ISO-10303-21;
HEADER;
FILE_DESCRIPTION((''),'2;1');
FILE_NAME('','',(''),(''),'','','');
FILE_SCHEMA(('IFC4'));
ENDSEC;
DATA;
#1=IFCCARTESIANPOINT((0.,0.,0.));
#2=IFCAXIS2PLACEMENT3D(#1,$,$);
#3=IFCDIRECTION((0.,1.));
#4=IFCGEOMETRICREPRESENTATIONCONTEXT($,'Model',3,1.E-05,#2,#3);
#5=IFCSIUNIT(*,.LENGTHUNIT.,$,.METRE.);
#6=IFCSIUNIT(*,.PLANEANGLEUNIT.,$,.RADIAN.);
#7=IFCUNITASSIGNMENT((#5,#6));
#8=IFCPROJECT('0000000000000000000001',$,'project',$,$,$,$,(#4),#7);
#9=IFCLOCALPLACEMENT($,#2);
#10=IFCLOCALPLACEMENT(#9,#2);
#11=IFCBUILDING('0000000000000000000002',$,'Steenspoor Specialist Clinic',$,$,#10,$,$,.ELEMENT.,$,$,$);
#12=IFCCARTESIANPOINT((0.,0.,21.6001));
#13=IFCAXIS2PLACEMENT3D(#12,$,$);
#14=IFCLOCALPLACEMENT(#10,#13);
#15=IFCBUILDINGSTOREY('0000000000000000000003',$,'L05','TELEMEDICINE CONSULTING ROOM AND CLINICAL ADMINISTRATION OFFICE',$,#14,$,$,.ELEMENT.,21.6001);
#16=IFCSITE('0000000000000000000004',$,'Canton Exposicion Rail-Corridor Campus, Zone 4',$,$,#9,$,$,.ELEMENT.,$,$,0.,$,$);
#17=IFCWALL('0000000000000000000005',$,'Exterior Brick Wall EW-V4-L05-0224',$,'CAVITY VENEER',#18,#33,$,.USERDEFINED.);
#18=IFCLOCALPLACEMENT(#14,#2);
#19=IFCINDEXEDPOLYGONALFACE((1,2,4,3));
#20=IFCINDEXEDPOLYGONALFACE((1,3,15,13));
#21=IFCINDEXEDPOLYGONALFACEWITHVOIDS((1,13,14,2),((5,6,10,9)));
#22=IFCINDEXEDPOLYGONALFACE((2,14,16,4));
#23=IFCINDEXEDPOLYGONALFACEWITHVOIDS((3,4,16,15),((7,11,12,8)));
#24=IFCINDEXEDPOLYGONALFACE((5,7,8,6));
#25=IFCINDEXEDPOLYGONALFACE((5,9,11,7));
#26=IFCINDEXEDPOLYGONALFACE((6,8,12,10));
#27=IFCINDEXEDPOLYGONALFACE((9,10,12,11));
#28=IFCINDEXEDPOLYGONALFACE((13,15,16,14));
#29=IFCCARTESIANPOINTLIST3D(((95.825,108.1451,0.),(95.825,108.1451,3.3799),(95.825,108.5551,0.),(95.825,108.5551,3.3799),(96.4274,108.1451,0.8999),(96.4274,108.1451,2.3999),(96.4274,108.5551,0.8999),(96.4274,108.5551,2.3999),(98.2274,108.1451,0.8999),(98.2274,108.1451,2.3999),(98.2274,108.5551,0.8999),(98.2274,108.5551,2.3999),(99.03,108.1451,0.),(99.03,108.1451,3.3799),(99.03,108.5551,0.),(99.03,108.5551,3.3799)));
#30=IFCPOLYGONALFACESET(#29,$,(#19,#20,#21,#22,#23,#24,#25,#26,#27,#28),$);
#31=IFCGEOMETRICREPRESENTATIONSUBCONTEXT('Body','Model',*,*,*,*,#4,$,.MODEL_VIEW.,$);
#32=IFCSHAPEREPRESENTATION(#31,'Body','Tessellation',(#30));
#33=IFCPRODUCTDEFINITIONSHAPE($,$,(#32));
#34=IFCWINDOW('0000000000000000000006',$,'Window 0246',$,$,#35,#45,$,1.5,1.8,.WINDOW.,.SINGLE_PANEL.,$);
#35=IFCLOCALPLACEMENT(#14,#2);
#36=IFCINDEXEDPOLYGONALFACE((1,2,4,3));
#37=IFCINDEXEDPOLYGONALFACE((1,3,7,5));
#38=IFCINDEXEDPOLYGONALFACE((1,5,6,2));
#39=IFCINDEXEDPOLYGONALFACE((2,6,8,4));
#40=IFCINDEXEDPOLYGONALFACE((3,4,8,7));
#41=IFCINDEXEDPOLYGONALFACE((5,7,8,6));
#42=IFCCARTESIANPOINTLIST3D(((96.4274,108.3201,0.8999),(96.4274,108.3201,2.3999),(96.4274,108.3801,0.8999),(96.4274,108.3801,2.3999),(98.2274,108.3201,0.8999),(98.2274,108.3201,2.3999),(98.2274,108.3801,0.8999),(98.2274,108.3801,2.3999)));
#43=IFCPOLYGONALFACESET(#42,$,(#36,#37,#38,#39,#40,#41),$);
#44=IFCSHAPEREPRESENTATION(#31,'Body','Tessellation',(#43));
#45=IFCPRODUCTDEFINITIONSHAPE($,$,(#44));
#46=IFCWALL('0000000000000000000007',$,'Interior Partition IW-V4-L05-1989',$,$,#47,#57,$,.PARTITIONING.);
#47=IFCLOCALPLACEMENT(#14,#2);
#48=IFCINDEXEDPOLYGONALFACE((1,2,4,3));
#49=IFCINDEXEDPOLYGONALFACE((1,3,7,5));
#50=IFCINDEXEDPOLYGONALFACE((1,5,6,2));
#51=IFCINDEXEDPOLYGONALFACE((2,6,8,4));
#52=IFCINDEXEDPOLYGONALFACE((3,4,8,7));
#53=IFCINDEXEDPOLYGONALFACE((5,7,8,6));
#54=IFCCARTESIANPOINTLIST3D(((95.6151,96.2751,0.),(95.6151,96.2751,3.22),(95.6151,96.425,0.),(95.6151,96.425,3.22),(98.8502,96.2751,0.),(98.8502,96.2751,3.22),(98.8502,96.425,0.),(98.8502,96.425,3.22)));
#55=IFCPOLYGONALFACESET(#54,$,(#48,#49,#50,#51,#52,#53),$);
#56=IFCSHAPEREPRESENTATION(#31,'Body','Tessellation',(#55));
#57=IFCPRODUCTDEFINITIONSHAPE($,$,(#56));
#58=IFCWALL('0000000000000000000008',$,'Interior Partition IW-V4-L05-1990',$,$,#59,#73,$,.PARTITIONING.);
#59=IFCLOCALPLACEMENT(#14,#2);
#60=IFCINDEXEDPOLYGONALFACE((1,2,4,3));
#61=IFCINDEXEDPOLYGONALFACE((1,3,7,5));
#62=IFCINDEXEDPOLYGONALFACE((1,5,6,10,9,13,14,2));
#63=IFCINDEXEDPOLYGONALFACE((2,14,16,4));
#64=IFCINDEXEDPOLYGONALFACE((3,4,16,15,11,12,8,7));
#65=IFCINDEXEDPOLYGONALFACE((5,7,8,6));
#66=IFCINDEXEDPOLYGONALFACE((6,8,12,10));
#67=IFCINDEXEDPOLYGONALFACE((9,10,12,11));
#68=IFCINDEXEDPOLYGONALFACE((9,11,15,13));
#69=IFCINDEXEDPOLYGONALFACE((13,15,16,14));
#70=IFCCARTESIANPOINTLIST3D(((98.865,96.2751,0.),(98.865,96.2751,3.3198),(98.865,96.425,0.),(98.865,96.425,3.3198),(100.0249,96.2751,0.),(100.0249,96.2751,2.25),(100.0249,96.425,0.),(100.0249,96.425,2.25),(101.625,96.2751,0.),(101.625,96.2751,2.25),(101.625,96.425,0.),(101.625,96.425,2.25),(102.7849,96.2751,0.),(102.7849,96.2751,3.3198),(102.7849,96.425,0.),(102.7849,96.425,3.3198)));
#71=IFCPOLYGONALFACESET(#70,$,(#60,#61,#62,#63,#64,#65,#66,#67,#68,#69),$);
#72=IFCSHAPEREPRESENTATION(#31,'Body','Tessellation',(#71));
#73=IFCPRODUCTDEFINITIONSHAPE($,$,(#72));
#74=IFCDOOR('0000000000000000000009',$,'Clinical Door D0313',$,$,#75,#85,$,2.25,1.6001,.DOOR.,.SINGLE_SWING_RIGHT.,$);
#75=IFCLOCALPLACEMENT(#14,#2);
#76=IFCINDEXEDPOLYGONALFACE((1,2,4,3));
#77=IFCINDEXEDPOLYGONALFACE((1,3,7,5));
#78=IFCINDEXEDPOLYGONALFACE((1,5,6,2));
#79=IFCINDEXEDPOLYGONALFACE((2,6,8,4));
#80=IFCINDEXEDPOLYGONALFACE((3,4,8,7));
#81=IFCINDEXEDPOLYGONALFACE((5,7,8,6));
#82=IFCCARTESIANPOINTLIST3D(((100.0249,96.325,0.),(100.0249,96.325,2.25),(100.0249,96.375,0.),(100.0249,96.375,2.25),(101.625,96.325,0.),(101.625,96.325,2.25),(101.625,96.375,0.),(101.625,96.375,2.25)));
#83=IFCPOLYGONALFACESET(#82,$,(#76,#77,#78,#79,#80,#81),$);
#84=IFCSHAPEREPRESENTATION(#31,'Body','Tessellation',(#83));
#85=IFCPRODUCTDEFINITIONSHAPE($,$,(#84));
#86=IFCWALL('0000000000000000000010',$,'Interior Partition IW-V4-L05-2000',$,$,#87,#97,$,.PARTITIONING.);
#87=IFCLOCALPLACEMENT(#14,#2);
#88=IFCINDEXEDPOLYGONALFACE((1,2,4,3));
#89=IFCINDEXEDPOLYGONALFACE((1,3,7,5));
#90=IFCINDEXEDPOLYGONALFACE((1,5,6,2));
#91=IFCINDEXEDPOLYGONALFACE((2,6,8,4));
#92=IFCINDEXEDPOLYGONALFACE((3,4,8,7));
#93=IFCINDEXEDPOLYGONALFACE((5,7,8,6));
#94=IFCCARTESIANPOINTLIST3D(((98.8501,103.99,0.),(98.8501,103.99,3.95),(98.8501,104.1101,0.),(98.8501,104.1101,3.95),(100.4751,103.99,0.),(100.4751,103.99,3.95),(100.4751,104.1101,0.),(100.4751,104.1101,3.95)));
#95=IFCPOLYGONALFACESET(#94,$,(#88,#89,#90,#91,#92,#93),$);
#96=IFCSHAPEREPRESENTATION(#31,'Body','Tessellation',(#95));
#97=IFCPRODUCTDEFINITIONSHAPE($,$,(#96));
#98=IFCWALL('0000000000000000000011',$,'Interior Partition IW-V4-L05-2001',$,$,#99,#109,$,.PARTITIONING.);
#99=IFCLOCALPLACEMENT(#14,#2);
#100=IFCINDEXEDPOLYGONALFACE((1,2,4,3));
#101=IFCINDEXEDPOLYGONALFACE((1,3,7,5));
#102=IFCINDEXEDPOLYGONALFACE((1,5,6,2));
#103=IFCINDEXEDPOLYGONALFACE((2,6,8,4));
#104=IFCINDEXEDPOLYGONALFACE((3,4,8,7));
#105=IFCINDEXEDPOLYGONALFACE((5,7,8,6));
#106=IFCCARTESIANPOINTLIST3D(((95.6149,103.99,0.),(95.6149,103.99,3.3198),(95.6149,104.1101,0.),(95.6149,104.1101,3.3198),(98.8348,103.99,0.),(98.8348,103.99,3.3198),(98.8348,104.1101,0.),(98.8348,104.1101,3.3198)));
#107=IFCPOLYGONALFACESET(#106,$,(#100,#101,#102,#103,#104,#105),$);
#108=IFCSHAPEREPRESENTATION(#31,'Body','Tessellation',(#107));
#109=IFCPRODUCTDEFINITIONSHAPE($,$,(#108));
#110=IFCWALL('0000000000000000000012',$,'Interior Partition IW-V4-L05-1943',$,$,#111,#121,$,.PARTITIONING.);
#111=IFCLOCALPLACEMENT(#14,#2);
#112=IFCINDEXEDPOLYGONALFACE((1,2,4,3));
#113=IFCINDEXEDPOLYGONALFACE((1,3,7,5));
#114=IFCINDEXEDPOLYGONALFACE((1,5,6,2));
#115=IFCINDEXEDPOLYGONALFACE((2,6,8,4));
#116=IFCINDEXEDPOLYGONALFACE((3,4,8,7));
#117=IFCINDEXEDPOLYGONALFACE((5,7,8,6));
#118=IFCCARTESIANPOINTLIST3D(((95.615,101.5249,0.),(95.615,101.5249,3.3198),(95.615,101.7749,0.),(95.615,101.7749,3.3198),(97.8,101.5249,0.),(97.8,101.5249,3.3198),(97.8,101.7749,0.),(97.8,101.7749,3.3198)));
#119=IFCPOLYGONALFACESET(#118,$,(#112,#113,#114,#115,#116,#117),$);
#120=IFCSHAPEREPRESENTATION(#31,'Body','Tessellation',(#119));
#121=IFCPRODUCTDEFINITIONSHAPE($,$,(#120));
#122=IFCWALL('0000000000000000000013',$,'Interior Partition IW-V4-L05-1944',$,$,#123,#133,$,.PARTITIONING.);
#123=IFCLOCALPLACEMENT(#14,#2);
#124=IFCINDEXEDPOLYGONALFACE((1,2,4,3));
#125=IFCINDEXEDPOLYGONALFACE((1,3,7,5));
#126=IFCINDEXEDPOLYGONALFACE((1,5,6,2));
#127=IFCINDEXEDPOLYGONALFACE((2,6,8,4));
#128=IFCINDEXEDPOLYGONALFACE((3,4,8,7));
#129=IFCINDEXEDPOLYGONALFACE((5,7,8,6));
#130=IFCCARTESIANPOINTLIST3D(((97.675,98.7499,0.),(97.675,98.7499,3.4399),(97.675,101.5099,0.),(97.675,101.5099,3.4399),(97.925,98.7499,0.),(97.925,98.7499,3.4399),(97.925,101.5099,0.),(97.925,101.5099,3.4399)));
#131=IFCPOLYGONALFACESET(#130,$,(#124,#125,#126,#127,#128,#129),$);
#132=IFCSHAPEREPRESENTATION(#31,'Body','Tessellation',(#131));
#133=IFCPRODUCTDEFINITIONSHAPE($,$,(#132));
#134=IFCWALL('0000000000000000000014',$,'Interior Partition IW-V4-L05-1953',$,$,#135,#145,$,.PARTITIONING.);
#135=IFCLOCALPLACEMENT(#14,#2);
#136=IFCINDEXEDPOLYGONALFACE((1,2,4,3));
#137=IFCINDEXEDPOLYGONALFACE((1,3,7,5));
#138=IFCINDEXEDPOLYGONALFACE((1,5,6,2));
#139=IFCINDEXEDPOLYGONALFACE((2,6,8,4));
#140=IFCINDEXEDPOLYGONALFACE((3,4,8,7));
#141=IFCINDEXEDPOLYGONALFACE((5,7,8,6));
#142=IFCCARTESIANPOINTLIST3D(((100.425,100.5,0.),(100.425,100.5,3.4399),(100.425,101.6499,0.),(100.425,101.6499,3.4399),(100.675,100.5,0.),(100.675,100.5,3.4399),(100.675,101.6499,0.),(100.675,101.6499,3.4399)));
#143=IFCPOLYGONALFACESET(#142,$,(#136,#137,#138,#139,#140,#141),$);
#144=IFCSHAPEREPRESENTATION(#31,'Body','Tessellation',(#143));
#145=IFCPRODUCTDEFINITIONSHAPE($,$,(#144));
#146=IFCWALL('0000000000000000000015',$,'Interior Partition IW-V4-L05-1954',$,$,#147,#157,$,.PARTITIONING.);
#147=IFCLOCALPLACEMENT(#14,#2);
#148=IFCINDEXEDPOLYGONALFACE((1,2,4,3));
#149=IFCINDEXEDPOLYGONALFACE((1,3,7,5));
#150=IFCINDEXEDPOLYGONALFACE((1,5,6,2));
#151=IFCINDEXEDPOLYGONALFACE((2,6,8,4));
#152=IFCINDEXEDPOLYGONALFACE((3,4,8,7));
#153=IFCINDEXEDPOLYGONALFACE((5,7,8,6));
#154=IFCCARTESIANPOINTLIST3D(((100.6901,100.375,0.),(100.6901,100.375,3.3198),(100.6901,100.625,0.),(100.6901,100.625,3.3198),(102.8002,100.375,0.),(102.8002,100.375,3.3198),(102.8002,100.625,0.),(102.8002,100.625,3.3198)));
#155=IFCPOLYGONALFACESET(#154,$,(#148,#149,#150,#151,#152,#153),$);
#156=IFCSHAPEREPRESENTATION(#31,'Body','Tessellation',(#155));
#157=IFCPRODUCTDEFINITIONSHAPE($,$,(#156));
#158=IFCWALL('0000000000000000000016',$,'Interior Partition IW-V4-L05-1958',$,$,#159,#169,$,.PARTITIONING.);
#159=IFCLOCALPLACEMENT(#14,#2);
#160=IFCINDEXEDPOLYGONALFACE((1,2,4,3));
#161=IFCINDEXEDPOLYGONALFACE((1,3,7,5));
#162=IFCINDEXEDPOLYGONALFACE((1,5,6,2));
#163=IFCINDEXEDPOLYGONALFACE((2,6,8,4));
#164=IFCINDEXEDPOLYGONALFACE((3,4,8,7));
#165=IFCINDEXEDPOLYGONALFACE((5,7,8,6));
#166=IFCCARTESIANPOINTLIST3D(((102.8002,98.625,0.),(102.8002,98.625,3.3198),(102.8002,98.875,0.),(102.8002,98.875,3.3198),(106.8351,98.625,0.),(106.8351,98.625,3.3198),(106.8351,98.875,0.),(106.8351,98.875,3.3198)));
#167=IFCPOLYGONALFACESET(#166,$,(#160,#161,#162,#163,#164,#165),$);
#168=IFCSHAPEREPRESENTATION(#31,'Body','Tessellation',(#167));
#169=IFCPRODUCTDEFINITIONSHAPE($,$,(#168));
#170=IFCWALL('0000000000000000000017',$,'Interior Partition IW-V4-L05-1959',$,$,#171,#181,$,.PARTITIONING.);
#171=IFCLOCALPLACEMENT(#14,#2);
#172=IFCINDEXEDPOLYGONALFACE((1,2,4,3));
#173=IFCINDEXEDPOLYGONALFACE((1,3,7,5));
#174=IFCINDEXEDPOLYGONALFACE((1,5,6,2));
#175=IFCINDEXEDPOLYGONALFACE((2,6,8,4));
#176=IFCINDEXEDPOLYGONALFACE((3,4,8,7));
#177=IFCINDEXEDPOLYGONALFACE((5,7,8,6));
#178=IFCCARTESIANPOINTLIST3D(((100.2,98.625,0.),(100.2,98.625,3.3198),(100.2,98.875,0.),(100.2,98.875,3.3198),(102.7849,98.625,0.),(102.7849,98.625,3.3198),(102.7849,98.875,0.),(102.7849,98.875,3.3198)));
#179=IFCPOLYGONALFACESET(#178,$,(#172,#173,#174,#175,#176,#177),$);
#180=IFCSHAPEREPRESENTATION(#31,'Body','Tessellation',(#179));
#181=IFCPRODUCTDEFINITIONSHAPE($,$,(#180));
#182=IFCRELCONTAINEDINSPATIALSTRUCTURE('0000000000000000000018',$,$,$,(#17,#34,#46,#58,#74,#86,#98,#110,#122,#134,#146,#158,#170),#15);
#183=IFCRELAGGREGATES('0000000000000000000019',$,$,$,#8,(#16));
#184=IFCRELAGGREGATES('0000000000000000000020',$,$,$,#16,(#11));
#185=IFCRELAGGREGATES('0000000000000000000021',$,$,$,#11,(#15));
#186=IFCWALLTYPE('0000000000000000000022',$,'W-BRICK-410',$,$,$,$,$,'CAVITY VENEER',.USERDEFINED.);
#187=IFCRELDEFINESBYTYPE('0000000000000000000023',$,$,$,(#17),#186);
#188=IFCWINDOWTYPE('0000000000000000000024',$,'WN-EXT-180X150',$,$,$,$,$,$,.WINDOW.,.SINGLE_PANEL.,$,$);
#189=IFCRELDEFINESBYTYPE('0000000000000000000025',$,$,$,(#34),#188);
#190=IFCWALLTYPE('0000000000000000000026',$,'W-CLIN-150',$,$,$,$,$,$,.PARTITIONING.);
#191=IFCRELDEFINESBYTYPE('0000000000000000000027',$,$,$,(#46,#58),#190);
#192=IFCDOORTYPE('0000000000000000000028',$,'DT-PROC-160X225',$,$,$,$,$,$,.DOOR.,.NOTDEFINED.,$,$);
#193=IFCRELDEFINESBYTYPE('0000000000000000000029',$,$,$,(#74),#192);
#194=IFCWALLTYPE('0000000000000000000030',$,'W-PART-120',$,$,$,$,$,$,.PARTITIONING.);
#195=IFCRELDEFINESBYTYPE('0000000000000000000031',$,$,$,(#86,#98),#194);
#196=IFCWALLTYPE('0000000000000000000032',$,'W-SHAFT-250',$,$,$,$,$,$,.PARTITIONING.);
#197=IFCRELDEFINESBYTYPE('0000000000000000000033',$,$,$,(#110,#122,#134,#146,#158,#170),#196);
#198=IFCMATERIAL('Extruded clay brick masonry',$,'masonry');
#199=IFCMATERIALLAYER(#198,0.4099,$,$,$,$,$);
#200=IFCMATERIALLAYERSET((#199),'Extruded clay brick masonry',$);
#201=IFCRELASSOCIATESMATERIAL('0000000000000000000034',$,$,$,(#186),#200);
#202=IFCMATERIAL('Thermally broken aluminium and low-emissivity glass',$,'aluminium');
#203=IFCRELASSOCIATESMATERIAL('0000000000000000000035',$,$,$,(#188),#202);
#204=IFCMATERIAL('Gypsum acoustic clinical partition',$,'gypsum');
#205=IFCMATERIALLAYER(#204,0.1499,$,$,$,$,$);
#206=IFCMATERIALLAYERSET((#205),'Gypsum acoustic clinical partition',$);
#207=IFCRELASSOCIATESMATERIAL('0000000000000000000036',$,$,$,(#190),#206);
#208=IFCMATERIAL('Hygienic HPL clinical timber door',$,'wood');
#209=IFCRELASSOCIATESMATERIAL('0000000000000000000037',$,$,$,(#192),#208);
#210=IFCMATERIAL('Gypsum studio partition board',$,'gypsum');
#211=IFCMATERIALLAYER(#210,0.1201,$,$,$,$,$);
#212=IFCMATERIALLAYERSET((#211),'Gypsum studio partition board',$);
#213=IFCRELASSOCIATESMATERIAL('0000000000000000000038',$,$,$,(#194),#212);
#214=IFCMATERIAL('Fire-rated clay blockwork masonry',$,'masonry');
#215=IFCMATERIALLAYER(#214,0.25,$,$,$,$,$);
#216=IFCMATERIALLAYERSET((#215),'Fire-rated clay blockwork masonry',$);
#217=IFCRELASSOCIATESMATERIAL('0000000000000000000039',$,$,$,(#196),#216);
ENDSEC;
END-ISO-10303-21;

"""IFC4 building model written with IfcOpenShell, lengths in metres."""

from ifc_helpers import new_model, si_unit, direction, frame, frame_2d, origin, place, context, subcontext, project, spatial, rectangle, extrude, material, layer, layer_set, type_object, element, fill, save


model = new_model("IFC4")

# Units and contexts
model_context = context("Model", 3, precision=1e-05, world=origin(), true_north=direction((0.0, 1.0)))
body_context = subcontext(model_context, "Body", "Model", "MODEL_VIEW")
ifc_project = project(units=[si_unit("LENGTHUNIT", "METRE"), si_unit("PLANEANGLEUNIT", "RADIAN")], contexts=[model_context])

# Site, building, storey
site_placement = place(None, origin())
site = spatial("IfcSite", under=ifc_project, at=site_placement, Name="Canton Exposicion Rail-Corridor Campus, Zone 4", CompositionType="ELEMENT", RefElevation=0.0)
building_placement = place(site_placement, origin())
building = spatial("IfcBuilding", under=site, at=building_placement, Name="Steenspoor Specialist Clinic", CompositionType="ELEMENT")
storey_placement = place(building_placement, frame((0.0, 0.0, 21.6001)))
storey = spatial("IfcBuildingStorey", under=building, at=storey_placement, Name="L05", Description="TELEMEDICINE CONSULTING ROOM AND CLINICAL ADMINISTRATION OFFICE", CompositionType="ELEMENT", Elevation=21.6001)

# Wall, opening, window
ifc_material_1 = material(Name="Extruded clay brick masonry", Category="masonry")
ifc_material_2 = material(Name="Thermally broken aluminium and low-emissivity glass", Category="aluminium")
ifc_layer_1 = layer(ifc_material_1, 0.4099)
ifc_layer_set_1 = layer_set([ifc_layer_1], Name="Extruded clay brick masonry")
wall_type_1 = type_object("IfcWallType", Name="W-BRICK-410", ElementType="CAVITY VENEER", PredefinedType="USERDEFINED", material=ifc_layer_set_1)
wall_1_placement = place(storey_placement, frame((95.825, 108.3501, 0.0), z_axis=(0.0, 0.0, 1.0), x_axis=(1.0, 0.0, 0.0)))
wall_1 = element("IfcWall", 1, at=wall_1_placement, inside=storey, type_object=wall_type_1, Name="Exterior Brick Wall EW-V4-L05-0224", ObjectType="CAVITY VENEER", PredefinedType="USERDEFINED", context=body_context, shape_type="SweptSolid", body=[
    extrude(rectangle(XDim=3.2051, YDim=0.4099, at=frame_2d((1.6025, 0.0))), origin(), (0.0, 0.0, 1.0), 3.3799),
])
opening_1_placement = place(wall_1_placement, frame((0.6025, 0.0, 0.8999)))
opening_1 = element("IfcOpeningElement", 2, at=opening_1_placement, cuts=wall_1, PredefinedType="OPENING", context=body_context, shape_type="SweptSolid", body=[
    extrude(rectangle(XDim=1.8, YDim=1.5, at=frame_2d((0.8999, 0.75))), frame((0.0, 0.2148, 0.0), z_axis=(0.0, -1.0, 0.0), x_axis=(1.0, 0.0, 0.0)), (0.0, 0.0, 1.0), 0.4299),
])
window_type_1 = type_object("IfcWindowType", Name="WN-EXT-180X150", PartitioningType="SINGLE_PANEL", PredefinedType="WINDOW", material=ifc_material_2)
window_1_placement = place(opening_1_placement, origin())
window_1 = element("IfcWindow", 3, at=window_1_placement, inside=storey, type_object=window_type_1, Name="Window 0246", OverallHeight=1.5, OverallWidth=1.8, PartitioningType="SINGLE_PANEL", PredefinedType="WINDOW", context=body_context, shape_type="SweptSolid", body=[
    extrude(rectangle(XDim=1.8, YDim=1.5, at=frame_2d((0.8999, 0.75))), frame((0.0, 0.03, 0.0), z_axis=(0.0, -1.0, 0.0), x_axis=(1.0, 0.0, 0.0)), (0.0, 0.0, 1.0), 0.0601),
])
fill(opening_1, window_1)

# Wall
ifc_material_3 = material(Name="Gypsum acoustic clinical partition", Category="gypsum")
ifc_layer_2 = layer(ifc_material_3, 0.1499)
ifc_layer_set_2 = layer_set([ifc_layer_2], Name="Gypsum acoustic clinical partition")
wall_type_2 = type_object("IfcWallType", Name="W-CLIN-150", PredefinedType="PARTITIONING", material=ifc_layer_set_2)
wall_2_placement = place(storey_placement, frame((95.615, 96.3501, 0.0), z_axis=(0.0, 0.0, 1.0), x_axis=(1.0, 0.0, 0.0)))
element("IfcWall", 4, at=wall_2_placement, inside=storey, type_object=wall_type_2, Name="Interior Partition IW-V4-L05-1989", PredefinedType="PARTITIONING", context=body_context, shape_type="SweptSolid", body=[
    extrude(rectangle(XDim=3.2351, YDim=0.1499, at=frame_2d((1.6177, 0.0))), origin(), (0.0, 0.0, 1.0), 3.22),
])

# Wall, opening, door
wall_3_placement = place(storey_placement, frame((98.865, 96.3501, 0.0), z_axis=(0.0, 0.0, 1.0), x_axis=(1.0, 0.0, 0.0)))
wall_3 = element("IfcWall", 5, at=wall_3_placement, inside=storey, type_object=wall_type_2, Name="Interior Partition IW-V4-L05-1990", PredefinedType="PARTITIONING", context=body_context, shape_type="SweptSolid", body=[
    extrude(rectangle(XDim=3.9199, YDim=0.1499, at=frame_2d((1.96, 0.0))), origin(), (0.0, 0.0, 1.0), 3.3198),
])
opening_2_placement = place(wall_3_placement, frame((1.1599, 0.0, 0.0)))
opening_2 = element("IfcOpeningElement", 6, at=opening_2_placement, cuts=wall_3, PredefinedType="OPENING", context=body_context, shape_type="SweptSolid", body=[
    extrude(rectangle(XDim=1.6001, YDim=2.25, at=frame_2d((0.8, 1.125))), frame((0.0, 0.085, 0.0), z_axis=(0.0, -1.0, 0.0), x_axis=(1.0, 0.0, 0.0)), (0.0, 0.0, 1.0), 0.1699),
])
ifc_material_4 = material(Name="Hygienic HPL clinical timber door", Category="wood")
door_type_1 = type_object("IfcDoorType", Name="DT-PROC-160X225", OperationType="NOTDEFINED", PredefinedType="DOOR", material=ifc_material_4)
door_1_placement = place(opening_2_placement, origin())
door_1 = element("IfcDoor", 7, at=door_1_placement, inside=storey, type_object=door_type_1, Name="Clinical Door D0313", OperationType="SINGLE_SWING_RIGHT", OverallHeight=2.25, OverallWidth=1.6001, PredefinedType="DOOR", context=body_context, shape_type="SweptSolid", body=[
    extrude(rectangle(XDim=1.6001, YDim=2.25, at=frame_2d((0.8, 1.125))), frame((0.0, 0.0249, 0.0), z_axis=(0.0, -1.0, 0.0), x_axis=(1.0, 0.0, 0.0)), (0.0, 0.0, 1.0), 0.05),
])
fill(opening_2, door_1)
ifc_material_5 = material(Name="Gypsum studio partition board", Category="gypsum")
ifc_layer_3 = layer(ifc_material_5, 0.1201)
ifc_layer_set_3 = layer_set([ifc_layer_3], Name="Gypsum studio partition board")
wall_type_3 = type_object("IfcWallType", Name="W-PART-120", PredefinedType="PARTITIONING", material=ifc_layer_set_3)

# Walls
wall_4_placement = place(storey_placement, frame((98.8501, 104.05, 0.0), z_axis=(0.0, 0.0, 1.0), x_axis=(1.0, 0.0, 0.0)))
element("IfcWall", 8, at=wall_4_placement, inside=storey, type_object=wall_type_3, Name="Interior Partition IW-V4-L05-2000", PredefinedType="PARTITIONING", context=body_context, shape_type="SweptSolid", body=[
    extrude(rectangle(XDim=1.625, YDim=0.1201, at=frame_2d((0.8125, 0.0))), origin(), (0.0, 0.0, 1.0), 3.95),
])
wall_5_placement = place(storey_placement, frame((95.615, 104.05, 0.0), z_axis=(0.0, 0.0, 1.0), x_axis=(1.0, 0.0, 0.0)))
element("IfcWall", 9, at=wall_5_placement, inside=storey, type_object=wall_type_3, Name="Interior Partition IW-V4-L05-2001", PredefinedType="PARTITIONING", context=body_context, shape_type="SweptSolid", body=[
    extrude(rectangle(XDim=3.22, YDim=0.1201, at=frame_2d((1.6099, 0.0))), origin(), (0.0, 0.0, 1.0), 3.3198),
])
ifc_material_6 = material(Name="Fire-rated clay blockwork masonry", Category="masonry")
ifc_layer_4 = layer(ifc_material_6, 0.25)
ifc_layer_set_4 = layer_set([ifc_layer_4], Name="Fire-rated clay blockwork masonry")
wall_type_4 = type_object("IfcWallType", Name="W-SHAFT-250", PredefinedType="PARTITIONING", material=ifc_layer_set_4)
wall_6_placement = place(storey_placement, frame((95.615, 101.6499, 0.0), z_axis=(0.0, 0.0, 1.0), x_axis=(1.0, 0.0, 0.0)))
element("IfcWall", 10, at=wall_6_placement, inside=storey, type_object=wall_type_4, Name="Interior Partition IW-V4-L05-1943", PredefinedType="PARTITIONING", context=body_context, shape_type="SweptSolid", body=[
    extrude(rectangle(XDim=2.1851, YDim=0.25, at=frame_2d((1.0925, 0.0))), origin(), (0.0, 0.0, 1.0), 3.3198),
])
wall_7_placement = place(storey_placement, frame((97.8, 98.75, 0.0), z_axis=(0.0, 0.0, 1.0), x_axis=(0.0, 1.0, 0.0)))
element("IfcWall", 11, at=wall_7_placement, inside=storey, type_object=wall_type_4, Name="Interior Partition IW-V4-L05-1944", PredefinedType="PARTITIONING", context=body_context, shape_type="SweptSolid", body=[
    extrude(rectangle(XDim=2.76, YDim=0.25, at=frame_2d((1.3799, 0.0))), origin(), (0.0, 0.0, 1.0), 3.4399),
])
wall_8_placement = place(storey_placement, frame((100.55, 100.5, 0.0), z_axis=(0.0, 0.0, 1.0), x_axis=(0.0, 1.0, 0.0)))
element("IfcWall", 12, at=wall_8_placement, inside=storey, type_object=wall_type_4, Name="Interior Partition IW-V4-L05-1953", PredefinedType="PARTITIONING", context=body_context, shape_type="SweptSolid", body=[
    extrude(rectangle(XDim=1.1499, YDim=0.25, at=frame_2d((0.575, 0.0))), origin(), (0.0, 0.0, 1.0), 3.4399),
])
wall_9_placement = place(storey_placement, frame((100.6899, 100.5, 0.0), z_axis=(0.0, 0.0, 1.0), x_axis=(1.0, 0.0, 0.0)))
element("IfcWall", 13, at=wall_9_placement, inside=storey, type_object=wall_type_4, Name="Interior Partition IW-V4-L05-1954", PredefinedType="PARTITIONING", context=body_context, shape_type="SweptSolid", body=[
    extrude(rectangle(XDim=2.1101, YDim=0.25, at=frame_2d((1.0552, 0.0))), origin(), (0.0, 0.0, 1.0), 3.3198),
])

# Walls
wall_10_placement = place(storey_placement, frame((102.8, 98.75, 0.0), z_axis=(0.0, 0.0, 1.0), x_axis=(1.0, 0.0, 0.0)))
element("IfcWall", 14, at=wall_10_placement, inside=storey, type_object=wall_type_4, Name="Interior Partition IW-V4-L05-1958", PredefinedType="PARTITIONING", context=body_context, shape_type="SweptSolid", body=[
    extrude(rectangle(XDim=4.0349, YDim=0.25, at=frame_2d((2.0176, 0.0))), origin(), (0.0, 0.0, 1.0), 3.3198),
])
wall_11_placement = place(storey_placement, frame((100.2, 98.75, 0.0), z_axis=(0.0, 0.0, 1.0), x_axis=(1.0, 0.0, 0.0)))
element("IfcWall", 15, at=wall_11_placement, inside=storey, type_object=wall_type_4, Name="Interior Partition IW-V4-L05-1959", PredefinedType="PARTITIONING", context=body_context, shape_type="SweptSolid", body=[
    extrude(rectangle(XDim=2.585, YDim=0.25, at=frame_2d((1.2925, 0.0))), origin(), (0.0, 0.0, 1.0), 3.3198),
])

save(model, "model.ifc")
